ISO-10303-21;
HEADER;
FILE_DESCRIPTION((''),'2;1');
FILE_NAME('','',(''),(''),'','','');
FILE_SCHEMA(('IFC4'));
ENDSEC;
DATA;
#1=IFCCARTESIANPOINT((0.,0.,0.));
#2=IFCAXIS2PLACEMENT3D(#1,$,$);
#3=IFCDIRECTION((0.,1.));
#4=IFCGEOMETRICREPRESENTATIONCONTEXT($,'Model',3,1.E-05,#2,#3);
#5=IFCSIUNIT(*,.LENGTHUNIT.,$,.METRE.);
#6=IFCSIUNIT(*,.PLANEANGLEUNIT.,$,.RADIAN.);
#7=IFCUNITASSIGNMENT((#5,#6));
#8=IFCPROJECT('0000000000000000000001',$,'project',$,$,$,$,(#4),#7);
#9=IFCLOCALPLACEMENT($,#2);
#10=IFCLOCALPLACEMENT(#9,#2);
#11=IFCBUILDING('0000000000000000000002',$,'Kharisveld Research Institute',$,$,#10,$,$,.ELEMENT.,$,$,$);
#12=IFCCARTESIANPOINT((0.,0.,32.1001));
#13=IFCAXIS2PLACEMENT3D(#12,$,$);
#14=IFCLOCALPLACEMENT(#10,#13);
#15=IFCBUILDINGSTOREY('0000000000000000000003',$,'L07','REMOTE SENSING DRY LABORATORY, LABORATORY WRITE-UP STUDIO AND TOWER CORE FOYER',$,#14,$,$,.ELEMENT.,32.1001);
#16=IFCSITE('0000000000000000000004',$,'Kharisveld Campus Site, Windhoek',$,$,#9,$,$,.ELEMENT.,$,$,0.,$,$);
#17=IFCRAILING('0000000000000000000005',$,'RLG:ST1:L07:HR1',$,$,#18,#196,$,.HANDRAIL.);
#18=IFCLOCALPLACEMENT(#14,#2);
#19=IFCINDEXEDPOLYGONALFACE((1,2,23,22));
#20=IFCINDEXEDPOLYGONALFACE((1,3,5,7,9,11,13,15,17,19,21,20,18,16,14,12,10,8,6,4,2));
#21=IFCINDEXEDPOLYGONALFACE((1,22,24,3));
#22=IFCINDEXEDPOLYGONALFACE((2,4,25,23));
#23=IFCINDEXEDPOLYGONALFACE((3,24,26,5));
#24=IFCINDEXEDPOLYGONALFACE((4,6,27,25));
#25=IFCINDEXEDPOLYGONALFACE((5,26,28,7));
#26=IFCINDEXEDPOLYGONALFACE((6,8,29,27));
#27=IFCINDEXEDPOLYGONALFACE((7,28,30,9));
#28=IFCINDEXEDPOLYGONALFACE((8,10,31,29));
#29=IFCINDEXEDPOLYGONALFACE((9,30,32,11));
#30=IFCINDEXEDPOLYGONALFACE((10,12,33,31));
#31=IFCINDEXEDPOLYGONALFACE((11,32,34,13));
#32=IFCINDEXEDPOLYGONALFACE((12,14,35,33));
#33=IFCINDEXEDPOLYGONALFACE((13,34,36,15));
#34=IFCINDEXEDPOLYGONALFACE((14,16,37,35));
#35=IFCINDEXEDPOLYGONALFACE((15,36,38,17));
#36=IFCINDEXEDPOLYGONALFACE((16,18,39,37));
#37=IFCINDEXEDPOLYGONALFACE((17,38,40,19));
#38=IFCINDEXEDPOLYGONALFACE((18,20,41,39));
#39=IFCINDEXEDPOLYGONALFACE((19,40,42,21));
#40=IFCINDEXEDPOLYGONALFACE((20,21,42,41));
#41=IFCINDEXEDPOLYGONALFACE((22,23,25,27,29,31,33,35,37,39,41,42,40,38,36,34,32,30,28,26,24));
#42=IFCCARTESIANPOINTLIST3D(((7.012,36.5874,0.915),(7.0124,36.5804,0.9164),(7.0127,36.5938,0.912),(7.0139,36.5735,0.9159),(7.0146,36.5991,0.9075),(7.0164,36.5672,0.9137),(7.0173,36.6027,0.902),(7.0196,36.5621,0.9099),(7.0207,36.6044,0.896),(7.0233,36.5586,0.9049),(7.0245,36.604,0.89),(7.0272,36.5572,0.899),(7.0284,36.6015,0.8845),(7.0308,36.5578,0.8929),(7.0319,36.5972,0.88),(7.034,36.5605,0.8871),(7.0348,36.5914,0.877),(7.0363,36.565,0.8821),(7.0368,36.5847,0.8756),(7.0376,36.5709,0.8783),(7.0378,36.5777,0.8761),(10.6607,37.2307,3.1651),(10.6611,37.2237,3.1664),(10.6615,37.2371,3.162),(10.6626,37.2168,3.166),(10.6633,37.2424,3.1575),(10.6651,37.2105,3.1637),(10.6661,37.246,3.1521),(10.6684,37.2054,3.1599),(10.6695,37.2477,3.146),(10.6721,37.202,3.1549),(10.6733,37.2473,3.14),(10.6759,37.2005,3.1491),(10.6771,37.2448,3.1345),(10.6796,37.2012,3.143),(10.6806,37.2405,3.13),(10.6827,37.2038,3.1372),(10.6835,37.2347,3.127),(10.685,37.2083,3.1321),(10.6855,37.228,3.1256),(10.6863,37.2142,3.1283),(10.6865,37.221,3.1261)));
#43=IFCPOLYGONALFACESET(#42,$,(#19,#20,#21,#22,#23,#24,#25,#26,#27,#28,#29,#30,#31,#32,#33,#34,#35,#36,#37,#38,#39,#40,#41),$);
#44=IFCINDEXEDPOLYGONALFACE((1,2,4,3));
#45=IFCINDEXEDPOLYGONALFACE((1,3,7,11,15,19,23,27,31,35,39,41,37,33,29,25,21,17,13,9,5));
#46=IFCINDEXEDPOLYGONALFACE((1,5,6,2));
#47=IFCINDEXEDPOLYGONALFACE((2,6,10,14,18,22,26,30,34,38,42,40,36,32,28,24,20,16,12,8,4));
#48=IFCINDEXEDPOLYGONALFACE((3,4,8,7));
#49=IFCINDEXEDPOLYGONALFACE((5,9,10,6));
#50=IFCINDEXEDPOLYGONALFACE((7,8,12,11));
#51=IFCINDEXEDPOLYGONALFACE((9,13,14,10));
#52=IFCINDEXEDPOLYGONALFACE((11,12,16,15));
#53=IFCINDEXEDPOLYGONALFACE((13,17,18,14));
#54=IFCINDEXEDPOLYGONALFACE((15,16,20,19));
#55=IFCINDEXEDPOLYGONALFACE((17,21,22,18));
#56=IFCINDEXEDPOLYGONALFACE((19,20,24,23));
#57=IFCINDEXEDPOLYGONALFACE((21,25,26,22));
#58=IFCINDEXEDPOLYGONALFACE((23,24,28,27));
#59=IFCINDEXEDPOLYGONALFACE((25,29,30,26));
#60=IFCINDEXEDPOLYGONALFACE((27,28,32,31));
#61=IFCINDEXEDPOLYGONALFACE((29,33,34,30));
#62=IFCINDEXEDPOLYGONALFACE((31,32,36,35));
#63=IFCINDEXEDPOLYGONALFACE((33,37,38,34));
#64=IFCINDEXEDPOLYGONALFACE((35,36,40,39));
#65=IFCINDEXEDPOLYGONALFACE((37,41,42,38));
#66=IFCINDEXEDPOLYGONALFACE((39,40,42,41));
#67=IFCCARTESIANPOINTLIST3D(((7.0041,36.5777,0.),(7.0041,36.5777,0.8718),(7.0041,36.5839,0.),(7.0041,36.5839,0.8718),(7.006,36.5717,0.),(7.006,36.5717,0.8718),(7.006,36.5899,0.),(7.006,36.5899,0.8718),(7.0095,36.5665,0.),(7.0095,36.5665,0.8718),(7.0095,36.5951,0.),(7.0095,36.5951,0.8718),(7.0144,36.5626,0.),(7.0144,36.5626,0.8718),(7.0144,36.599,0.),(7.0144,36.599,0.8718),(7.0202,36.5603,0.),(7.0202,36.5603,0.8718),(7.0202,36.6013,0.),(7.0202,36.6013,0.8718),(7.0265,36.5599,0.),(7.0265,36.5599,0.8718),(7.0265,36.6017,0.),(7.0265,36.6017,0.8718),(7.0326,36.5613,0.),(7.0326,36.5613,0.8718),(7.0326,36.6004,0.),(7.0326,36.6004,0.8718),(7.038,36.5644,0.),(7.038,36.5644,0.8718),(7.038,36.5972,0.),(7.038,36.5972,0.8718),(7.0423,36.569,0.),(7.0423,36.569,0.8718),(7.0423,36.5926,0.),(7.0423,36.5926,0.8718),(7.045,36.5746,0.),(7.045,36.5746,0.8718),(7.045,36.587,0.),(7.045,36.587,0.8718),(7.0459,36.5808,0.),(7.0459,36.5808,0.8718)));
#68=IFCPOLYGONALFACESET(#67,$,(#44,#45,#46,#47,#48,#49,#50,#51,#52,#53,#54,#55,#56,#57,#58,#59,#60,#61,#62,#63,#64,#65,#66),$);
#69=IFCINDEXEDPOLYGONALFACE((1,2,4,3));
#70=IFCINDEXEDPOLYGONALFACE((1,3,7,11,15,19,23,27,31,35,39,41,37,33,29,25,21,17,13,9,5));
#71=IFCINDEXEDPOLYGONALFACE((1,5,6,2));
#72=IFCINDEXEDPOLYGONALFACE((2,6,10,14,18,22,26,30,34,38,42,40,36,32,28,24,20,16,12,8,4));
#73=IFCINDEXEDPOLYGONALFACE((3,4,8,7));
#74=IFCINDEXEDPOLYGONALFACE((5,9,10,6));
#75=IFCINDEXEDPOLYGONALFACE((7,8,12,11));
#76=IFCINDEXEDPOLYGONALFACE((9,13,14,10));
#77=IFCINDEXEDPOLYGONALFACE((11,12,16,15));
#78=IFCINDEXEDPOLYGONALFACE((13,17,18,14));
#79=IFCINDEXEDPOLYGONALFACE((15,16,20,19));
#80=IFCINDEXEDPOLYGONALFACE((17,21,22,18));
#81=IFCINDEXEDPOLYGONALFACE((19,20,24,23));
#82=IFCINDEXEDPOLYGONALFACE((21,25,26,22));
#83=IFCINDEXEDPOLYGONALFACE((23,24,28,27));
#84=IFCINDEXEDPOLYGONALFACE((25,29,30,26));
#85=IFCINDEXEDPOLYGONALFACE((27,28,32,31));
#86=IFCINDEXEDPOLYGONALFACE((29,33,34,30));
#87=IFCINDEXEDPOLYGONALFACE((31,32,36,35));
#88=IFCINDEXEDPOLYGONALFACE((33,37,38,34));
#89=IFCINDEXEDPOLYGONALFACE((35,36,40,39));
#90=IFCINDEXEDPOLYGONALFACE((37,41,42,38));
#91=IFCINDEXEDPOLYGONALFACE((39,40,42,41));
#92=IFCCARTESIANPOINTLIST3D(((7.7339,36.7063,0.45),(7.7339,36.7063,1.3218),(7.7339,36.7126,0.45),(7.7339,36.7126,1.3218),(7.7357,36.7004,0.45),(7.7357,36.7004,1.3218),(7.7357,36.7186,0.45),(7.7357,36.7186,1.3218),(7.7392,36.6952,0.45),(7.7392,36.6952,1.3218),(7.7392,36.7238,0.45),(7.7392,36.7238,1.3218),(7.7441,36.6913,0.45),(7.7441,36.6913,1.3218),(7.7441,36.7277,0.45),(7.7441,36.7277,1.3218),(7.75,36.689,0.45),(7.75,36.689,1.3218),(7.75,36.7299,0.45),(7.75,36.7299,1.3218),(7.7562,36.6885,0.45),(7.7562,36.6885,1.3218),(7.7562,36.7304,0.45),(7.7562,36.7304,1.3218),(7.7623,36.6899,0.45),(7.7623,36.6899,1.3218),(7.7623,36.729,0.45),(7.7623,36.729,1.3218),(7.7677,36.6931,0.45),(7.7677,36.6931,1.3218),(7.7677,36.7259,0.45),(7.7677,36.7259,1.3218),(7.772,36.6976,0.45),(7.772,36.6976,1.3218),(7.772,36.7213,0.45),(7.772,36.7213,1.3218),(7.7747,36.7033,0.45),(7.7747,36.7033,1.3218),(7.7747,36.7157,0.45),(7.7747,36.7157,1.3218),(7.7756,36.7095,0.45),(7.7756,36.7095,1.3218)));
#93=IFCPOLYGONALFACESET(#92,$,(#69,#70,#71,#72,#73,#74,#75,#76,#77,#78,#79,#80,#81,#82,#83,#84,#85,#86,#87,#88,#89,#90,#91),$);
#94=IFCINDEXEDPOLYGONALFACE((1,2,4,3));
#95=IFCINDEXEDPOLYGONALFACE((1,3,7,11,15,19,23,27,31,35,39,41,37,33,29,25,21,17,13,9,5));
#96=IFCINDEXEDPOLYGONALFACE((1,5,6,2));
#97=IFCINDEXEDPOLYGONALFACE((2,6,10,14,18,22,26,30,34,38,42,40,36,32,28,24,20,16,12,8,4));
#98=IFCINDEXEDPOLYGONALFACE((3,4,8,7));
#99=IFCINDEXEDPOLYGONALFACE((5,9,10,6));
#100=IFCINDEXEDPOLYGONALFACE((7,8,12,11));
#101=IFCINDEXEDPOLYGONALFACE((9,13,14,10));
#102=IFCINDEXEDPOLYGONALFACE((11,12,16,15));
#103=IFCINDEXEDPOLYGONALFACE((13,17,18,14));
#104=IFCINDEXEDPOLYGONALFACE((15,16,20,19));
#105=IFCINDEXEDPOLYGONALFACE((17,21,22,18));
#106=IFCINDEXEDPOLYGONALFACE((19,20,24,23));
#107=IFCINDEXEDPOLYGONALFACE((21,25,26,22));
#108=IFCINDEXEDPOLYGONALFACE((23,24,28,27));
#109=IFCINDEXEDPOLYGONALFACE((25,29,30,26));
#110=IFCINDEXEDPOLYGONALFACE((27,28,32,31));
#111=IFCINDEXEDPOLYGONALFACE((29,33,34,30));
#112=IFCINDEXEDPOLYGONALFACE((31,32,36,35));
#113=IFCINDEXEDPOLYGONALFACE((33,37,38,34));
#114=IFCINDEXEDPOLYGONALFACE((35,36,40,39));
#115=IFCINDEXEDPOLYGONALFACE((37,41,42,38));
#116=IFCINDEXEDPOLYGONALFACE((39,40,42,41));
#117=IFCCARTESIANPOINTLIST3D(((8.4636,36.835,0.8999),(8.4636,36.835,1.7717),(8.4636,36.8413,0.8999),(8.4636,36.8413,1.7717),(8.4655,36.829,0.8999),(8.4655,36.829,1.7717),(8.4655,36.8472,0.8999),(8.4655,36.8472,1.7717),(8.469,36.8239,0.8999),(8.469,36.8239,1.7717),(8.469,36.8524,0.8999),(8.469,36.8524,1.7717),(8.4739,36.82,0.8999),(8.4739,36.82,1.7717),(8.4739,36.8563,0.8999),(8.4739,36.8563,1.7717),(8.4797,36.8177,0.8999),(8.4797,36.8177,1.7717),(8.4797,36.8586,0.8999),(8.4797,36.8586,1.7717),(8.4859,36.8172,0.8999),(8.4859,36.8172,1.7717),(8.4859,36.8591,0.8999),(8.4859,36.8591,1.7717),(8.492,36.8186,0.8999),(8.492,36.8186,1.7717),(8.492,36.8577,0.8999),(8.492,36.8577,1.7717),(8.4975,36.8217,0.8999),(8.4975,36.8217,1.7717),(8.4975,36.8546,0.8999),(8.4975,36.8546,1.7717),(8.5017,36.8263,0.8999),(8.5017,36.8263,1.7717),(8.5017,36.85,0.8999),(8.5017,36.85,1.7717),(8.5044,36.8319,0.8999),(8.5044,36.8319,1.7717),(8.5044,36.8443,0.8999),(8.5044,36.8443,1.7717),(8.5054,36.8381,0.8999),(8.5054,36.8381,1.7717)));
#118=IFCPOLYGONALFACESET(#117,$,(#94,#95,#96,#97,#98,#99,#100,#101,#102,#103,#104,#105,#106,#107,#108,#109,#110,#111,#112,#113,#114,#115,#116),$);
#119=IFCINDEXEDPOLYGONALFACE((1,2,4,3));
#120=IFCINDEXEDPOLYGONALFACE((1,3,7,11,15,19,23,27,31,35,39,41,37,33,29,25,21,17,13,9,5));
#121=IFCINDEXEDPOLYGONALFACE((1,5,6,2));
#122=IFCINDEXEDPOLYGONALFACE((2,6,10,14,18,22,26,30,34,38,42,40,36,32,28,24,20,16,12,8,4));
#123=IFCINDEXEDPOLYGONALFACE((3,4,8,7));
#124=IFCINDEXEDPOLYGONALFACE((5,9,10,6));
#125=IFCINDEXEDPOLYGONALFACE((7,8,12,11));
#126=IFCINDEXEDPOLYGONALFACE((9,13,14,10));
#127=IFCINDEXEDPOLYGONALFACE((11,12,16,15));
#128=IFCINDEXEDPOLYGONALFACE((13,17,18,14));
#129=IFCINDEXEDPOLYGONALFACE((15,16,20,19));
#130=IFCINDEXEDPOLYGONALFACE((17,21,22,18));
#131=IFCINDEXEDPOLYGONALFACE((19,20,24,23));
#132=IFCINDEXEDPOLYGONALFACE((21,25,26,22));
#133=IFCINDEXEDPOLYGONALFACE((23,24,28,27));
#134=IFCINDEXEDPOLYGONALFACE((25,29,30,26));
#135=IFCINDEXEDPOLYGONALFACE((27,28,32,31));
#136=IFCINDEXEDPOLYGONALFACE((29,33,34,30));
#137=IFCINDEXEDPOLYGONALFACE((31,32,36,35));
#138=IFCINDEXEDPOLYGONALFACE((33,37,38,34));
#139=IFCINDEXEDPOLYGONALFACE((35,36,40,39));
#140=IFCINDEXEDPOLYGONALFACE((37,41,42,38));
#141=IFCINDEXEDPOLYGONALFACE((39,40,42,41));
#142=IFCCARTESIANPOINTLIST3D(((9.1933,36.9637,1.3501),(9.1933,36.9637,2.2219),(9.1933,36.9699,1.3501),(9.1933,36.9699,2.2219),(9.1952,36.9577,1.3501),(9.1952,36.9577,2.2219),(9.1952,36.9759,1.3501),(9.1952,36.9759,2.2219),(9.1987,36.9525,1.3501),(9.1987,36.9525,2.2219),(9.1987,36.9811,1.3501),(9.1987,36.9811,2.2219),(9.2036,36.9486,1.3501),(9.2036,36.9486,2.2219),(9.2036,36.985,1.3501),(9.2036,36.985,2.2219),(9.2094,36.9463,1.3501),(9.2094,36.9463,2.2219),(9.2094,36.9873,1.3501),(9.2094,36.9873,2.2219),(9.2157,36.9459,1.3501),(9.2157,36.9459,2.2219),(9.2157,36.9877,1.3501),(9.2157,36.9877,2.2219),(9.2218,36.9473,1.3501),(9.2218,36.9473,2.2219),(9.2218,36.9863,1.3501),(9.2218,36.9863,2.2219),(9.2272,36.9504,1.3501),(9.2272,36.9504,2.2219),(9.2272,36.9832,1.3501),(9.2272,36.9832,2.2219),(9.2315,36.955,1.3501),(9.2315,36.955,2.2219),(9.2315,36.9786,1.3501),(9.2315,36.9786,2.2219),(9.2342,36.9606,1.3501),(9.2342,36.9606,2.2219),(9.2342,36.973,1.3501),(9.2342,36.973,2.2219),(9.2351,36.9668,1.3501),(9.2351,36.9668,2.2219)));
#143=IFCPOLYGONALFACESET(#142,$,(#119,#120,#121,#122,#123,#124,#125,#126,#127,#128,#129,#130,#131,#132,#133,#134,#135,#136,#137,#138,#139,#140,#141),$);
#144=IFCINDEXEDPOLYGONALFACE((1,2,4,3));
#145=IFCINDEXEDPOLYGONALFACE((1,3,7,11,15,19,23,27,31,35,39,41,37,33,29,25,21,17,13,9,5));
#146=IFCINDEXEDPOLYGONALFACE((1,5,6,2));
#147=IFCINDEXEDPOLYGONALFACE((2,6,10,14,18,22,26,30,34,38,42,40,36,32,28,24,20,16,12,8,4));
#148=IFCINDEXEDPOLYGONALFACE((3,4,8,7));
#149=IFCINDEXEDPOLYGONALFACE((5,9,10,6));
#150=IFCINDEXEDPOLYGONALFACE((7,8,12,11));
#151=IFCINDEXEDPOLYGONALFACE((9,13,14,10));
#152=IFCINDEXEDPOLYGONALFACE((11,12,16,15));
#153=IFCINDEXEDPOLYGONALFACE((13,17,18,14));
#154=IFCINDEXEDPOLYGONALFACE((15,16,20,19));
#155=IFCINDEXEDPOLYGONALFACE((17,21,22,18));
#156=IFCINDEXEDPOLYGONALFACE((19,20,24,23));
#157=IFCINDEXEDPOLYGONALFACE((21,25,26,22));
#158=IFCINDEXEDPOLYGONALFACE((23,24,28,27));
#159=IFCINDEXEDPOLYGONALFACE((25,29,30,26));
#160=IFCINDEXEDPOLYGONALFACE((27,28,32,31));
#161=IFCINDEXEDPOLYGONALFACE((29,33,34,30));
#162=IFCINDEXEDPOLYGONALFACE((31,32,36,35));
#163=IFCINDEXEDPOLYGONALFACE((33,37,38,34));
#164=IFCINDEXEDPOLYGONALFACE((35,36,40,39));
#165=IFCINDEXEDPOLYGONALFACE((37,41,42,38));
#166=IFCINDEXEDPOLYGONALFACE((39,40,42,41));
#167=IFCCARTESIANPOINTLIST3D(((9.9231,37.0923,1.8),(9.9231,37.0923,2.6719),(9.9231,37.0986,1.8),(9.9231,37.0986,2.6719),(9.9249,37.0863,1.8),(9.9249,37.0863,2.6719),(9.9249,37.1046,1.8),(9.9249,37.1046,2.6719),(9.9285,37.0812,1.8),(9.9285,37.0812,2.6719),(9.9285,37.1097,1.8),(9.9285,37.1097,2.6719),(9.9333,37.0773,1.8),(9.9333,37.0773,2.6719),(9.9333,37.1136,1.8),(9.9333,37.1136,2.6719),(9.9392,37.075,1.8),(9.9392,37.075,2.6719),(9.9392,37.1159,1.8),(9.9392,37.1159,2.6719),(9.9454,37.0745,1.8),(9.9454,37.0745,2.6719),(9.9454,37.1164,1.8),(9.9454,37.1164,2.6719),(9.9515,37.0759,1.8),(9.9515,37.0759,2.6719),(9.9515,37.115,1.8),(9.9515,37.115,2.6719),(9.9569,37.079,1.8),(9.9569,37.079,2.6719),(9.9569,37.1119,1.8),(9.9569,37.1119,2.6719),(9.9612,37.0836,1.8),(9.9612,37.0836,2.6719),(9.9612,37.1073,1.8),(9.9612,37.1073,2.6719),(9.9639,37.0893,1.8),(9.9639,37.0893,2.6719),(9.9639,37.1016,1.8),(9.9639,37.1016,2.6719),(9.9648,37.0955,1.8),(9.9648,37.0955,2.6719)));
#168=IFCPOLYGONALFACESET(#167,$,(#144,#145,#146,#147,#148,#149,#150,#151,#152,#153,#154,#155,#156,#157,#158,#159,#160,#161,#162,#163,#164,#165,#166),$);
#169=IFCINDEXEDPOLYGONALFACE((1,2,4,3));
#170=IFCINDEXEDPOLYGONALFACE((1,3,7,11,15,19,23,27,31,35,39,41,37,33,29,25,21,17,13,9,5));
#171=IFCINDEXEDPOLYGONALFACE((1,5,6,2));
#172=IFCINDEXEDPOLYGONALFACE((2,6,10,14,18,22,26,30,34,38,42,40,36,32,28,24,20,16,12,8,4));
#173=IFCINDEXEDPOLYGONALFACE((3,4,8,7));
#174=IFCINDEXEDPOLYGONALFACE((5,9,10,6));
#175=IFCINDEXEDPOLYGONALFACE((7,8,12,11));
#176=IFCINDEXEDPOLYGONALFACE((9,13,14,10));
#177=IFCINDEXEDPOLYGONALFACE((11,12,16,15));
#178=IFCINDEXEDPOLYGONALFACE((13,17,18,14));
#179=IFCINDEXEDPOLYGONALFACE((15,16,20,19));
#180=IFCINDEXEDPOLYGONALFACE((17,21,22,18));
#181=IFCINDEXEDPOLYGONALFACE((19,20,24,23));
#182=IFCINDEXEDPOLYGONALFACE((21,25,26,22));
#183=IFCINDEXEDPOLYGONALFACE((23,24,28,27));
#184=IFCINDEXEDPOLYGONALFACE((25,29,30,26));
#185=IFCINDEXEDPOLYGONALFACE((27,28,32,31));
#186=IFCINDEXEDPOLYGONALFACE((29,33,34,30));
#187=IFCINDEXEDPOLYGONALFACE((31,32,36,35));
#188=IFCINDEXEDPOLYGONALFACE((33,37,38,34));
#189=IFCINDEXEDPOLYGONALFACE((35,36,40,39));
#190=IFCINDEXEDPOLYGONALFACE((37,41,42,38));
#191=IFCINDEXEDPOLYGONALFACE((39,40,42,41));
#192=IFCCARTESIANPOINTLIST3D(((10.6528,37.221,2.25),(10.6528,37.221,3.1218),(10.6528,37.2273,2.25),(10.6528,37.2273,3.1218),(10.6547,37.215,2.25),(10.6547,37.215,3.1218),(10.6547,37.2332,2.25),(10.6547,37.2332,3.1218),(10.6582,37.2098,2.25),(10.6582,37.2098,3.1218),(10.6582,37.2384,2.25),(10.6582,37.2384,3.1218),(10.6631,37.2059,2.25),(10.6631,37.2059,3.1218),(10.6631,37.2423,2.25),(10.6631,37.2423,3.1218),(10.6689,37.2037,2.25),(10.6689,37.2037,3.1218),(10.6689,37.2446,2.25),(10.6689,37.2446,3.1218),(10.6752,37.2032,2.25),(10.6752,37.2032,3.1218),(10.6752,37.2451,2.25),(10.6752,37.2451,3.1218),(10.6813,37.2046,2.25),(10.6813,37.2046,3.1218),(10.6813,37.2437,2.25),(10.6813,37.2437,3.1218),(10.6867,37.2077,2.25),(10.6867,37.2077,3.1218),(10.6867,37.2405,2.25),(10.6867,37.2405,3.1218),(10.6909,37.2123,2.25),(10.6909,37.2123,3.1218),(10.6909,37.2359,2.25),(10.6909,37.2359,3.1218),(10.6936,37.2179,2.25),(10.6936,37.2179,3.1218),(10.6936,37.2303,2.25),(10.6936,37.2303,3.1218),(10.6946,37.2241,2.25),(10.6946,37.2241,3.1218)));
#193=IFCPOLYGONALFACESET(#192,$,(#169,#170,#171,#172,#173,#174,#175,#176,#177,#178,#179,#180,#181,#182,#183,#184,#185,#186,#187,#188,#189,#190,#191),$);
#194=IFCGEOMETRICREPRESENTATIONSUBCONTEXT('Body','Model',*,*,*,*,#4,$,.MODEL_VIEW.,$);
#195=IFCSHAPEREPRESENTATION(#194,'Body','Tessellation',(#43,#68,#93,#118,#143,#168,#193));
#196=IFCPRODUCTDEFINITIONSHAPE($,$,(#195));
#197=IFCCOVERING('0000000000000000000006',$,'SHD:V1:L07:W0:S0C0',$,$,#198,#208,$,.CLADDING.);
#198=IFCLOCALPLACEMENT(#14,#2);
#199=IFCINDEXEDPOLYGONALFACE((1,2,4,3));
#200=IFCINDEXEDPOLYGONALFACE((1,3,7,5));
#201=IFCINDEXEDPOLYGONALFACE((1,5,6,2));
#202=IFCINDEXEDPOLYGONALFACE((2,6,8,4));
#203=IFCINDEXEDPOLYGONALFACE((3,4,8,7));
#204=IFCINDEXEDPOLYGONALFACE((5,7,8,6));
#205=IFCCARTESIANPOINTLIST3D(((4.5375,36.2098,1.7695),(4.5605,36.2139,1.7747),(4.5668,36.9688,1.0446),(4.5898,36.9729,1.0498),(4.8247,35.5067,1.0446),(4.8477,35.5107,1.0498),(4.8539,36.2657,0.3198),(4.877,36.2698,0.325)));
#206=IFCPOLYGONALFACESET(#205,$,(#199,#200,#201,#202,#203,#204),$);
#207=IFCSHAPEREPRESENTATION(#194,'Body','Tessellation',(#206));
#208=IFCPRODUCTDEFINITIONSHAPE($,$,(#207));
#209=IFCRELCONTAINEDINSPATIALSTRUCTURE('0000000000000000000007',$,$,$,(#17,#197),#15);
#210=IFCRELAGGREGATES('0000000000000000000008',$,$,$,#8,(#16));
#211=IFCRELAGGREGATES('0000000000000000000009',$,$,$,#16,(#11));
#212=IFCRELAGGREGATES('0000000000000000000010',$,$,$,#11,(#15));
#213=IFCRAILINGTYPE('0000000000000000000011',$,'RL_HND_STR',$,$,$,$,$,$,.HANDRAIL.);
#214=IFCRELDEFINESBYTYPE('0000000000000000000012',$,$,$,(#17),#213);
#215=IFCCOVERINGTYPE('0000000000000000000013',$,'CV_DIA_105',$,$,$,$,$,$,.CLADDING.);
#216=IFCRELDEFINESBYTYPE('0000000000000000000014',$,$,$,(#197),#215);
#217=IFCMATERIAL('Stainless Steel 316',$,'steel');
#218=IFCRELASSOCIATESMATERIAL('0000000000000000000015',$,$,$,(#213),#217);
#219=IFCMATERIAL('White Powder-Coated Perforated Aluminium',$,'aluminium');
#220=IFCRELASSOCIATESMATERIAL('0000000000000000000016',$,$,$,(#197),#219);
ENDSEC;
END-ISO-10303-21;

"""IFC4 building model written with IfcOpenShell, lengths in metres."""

from ifc_helpers import new_model, si_unit, direction, frame, origin, origin_2d, place, context, subcontext, project, spatial, polyline, circle, outline, extrude, material, type_object, element, save


model = new_model("IFC4")

# Units and contexts
model_context = context("Model", 3, precision=1e-05, world=origin(), true_north=direction((0.0, 1.0)))
body_context = subcontext(model_context, "Body", "Model", "MODEL_VIEW")
ifc_project = project(units=[si_unit("LENGTHUNIT", "METRE"), si_unit("PLANEANGLEUNIT", "RADIAN")], contexts=[model_context])

# Site, building, storey
site_placement = place(None, origin())
site = spatial("IfcSite", under=ifc_project, at=site_placement, Name="Kharisveld Campus Site, Windhoek", CompositionType="ELEMENT", RefElevation=0.0)
building_placement = place(site_placement, origin())
building = spatial("IfcBuilding", under=site, at=building_placement, Name="Kharisveld Research Institute", CompositionType="ELEMENT")
storey_placement = place(building_placement, frame((0.0, 0.0, 32.1001)))
storey = spatial("IfcBuildingStorey", under=building, at=storey_placement, Name="L07", Description="REMOTE SENSING DRY LABORATORY, LABORATORY WRITE-UP STUDIO AND TOWER CORE FOYER", CompositionType="ELEMENT", Elevation=32.1001)

# Railing
ifc_material_1 = material(Name="Stainless Steel 316", Category="steel")
railing_type_1 = type_object("IfcRailingType", Name="RL_HND_STR", PredefinedType="HANDRAIL", material=ifc_material_1)
railing_1_placement = place(storey_placement, frame((7.0249, 36.5808, 0.0)))
element("IfcRailing", 1, at=railing_1_placement, inside=storey, type_object=railing_type_1, Name="RLG:ST1:L07:HR1", PredefinedType="HANDRAIL", context=body_context, shape_type="SweptSolid", body=[
    extrude(circle(Radius=0.0239, at=origin_2d()), frame((0.0, 0.0, 0.896), z_axis=(0.841747, 0.148411, 0.519073), x_axis=(-0.173635, 0.98481, 0.0)), (0.0, 0.0, 1.0), 4.3347),
    extrude(circle(Radius=0.021, at=origin_2d()), origin(), (0.0, 0.0, 1.0), 0.8718),
    extrude(circle(Radius=0.021, at=origin_2d()), frame((0.7297, 0.1287, 0.45)), (0.0, 0.0, 1.0), 0.8718),
    extrude(circle(Radius=0.021, at=origin_2d()), frame((1.4595, 0.2573, 0.8999)), (0.0, 0.0, 1.0), 0.8718),
    extrude(circle(Radius=0.021, at=origin_2d()), frame((2.1892, 0.386, 1.3501)), (0.0, 0.0, 1.0), 0.8718),
    extrude(circle(Radius=0.021, at=origin_2d()), frame((2.9189, 0.5146, 1.8)), (0.0, 0.0, 1.0), 0.8718),
    extrude(circle(Radius=0.021, at=origin_2d()), frame((3.6487, 0.6433, 2.25)), (0.0, 0.0, 1.0), 0.8718),
])

# Covering
ifc_material_2 = material(Name="White Powder-Coated Perforated Aluminium", Category="aluminium")
covering_type = type_object("IfcCoveringType", Name="CV_DIA_105", PredefinedType="CLADDING")
for number, where, z_axis, x_axis, name in (
    (2, (4.877, 36.2698, 0.325), (0.961476, 0.169531, 0.216385), (-0.273471, 0.669725, 0.690421), "SHD:V1:L07:W0:S0C0"),
):
    element("IfcCovering", number, at=place(storey_placement, frame(where, z_axis=z_axis, x_axis=x_axis)), inside=storey, type_object=covering_type, material=ifc_material_2, Name=name, PredefinedType="CLADDING", context=body_context, shape_type="SweptSolid", body=[
        extrude(outline(polyline([(0.0, 0.0), (1.0499, 0.0), (1.05, 1.05), (0.0001, 1.05), (0.0, 0.0)])), origin(), (0.0, 0.0, -1.0), 0.0239),
    ])

save(model, "model.ifc")
